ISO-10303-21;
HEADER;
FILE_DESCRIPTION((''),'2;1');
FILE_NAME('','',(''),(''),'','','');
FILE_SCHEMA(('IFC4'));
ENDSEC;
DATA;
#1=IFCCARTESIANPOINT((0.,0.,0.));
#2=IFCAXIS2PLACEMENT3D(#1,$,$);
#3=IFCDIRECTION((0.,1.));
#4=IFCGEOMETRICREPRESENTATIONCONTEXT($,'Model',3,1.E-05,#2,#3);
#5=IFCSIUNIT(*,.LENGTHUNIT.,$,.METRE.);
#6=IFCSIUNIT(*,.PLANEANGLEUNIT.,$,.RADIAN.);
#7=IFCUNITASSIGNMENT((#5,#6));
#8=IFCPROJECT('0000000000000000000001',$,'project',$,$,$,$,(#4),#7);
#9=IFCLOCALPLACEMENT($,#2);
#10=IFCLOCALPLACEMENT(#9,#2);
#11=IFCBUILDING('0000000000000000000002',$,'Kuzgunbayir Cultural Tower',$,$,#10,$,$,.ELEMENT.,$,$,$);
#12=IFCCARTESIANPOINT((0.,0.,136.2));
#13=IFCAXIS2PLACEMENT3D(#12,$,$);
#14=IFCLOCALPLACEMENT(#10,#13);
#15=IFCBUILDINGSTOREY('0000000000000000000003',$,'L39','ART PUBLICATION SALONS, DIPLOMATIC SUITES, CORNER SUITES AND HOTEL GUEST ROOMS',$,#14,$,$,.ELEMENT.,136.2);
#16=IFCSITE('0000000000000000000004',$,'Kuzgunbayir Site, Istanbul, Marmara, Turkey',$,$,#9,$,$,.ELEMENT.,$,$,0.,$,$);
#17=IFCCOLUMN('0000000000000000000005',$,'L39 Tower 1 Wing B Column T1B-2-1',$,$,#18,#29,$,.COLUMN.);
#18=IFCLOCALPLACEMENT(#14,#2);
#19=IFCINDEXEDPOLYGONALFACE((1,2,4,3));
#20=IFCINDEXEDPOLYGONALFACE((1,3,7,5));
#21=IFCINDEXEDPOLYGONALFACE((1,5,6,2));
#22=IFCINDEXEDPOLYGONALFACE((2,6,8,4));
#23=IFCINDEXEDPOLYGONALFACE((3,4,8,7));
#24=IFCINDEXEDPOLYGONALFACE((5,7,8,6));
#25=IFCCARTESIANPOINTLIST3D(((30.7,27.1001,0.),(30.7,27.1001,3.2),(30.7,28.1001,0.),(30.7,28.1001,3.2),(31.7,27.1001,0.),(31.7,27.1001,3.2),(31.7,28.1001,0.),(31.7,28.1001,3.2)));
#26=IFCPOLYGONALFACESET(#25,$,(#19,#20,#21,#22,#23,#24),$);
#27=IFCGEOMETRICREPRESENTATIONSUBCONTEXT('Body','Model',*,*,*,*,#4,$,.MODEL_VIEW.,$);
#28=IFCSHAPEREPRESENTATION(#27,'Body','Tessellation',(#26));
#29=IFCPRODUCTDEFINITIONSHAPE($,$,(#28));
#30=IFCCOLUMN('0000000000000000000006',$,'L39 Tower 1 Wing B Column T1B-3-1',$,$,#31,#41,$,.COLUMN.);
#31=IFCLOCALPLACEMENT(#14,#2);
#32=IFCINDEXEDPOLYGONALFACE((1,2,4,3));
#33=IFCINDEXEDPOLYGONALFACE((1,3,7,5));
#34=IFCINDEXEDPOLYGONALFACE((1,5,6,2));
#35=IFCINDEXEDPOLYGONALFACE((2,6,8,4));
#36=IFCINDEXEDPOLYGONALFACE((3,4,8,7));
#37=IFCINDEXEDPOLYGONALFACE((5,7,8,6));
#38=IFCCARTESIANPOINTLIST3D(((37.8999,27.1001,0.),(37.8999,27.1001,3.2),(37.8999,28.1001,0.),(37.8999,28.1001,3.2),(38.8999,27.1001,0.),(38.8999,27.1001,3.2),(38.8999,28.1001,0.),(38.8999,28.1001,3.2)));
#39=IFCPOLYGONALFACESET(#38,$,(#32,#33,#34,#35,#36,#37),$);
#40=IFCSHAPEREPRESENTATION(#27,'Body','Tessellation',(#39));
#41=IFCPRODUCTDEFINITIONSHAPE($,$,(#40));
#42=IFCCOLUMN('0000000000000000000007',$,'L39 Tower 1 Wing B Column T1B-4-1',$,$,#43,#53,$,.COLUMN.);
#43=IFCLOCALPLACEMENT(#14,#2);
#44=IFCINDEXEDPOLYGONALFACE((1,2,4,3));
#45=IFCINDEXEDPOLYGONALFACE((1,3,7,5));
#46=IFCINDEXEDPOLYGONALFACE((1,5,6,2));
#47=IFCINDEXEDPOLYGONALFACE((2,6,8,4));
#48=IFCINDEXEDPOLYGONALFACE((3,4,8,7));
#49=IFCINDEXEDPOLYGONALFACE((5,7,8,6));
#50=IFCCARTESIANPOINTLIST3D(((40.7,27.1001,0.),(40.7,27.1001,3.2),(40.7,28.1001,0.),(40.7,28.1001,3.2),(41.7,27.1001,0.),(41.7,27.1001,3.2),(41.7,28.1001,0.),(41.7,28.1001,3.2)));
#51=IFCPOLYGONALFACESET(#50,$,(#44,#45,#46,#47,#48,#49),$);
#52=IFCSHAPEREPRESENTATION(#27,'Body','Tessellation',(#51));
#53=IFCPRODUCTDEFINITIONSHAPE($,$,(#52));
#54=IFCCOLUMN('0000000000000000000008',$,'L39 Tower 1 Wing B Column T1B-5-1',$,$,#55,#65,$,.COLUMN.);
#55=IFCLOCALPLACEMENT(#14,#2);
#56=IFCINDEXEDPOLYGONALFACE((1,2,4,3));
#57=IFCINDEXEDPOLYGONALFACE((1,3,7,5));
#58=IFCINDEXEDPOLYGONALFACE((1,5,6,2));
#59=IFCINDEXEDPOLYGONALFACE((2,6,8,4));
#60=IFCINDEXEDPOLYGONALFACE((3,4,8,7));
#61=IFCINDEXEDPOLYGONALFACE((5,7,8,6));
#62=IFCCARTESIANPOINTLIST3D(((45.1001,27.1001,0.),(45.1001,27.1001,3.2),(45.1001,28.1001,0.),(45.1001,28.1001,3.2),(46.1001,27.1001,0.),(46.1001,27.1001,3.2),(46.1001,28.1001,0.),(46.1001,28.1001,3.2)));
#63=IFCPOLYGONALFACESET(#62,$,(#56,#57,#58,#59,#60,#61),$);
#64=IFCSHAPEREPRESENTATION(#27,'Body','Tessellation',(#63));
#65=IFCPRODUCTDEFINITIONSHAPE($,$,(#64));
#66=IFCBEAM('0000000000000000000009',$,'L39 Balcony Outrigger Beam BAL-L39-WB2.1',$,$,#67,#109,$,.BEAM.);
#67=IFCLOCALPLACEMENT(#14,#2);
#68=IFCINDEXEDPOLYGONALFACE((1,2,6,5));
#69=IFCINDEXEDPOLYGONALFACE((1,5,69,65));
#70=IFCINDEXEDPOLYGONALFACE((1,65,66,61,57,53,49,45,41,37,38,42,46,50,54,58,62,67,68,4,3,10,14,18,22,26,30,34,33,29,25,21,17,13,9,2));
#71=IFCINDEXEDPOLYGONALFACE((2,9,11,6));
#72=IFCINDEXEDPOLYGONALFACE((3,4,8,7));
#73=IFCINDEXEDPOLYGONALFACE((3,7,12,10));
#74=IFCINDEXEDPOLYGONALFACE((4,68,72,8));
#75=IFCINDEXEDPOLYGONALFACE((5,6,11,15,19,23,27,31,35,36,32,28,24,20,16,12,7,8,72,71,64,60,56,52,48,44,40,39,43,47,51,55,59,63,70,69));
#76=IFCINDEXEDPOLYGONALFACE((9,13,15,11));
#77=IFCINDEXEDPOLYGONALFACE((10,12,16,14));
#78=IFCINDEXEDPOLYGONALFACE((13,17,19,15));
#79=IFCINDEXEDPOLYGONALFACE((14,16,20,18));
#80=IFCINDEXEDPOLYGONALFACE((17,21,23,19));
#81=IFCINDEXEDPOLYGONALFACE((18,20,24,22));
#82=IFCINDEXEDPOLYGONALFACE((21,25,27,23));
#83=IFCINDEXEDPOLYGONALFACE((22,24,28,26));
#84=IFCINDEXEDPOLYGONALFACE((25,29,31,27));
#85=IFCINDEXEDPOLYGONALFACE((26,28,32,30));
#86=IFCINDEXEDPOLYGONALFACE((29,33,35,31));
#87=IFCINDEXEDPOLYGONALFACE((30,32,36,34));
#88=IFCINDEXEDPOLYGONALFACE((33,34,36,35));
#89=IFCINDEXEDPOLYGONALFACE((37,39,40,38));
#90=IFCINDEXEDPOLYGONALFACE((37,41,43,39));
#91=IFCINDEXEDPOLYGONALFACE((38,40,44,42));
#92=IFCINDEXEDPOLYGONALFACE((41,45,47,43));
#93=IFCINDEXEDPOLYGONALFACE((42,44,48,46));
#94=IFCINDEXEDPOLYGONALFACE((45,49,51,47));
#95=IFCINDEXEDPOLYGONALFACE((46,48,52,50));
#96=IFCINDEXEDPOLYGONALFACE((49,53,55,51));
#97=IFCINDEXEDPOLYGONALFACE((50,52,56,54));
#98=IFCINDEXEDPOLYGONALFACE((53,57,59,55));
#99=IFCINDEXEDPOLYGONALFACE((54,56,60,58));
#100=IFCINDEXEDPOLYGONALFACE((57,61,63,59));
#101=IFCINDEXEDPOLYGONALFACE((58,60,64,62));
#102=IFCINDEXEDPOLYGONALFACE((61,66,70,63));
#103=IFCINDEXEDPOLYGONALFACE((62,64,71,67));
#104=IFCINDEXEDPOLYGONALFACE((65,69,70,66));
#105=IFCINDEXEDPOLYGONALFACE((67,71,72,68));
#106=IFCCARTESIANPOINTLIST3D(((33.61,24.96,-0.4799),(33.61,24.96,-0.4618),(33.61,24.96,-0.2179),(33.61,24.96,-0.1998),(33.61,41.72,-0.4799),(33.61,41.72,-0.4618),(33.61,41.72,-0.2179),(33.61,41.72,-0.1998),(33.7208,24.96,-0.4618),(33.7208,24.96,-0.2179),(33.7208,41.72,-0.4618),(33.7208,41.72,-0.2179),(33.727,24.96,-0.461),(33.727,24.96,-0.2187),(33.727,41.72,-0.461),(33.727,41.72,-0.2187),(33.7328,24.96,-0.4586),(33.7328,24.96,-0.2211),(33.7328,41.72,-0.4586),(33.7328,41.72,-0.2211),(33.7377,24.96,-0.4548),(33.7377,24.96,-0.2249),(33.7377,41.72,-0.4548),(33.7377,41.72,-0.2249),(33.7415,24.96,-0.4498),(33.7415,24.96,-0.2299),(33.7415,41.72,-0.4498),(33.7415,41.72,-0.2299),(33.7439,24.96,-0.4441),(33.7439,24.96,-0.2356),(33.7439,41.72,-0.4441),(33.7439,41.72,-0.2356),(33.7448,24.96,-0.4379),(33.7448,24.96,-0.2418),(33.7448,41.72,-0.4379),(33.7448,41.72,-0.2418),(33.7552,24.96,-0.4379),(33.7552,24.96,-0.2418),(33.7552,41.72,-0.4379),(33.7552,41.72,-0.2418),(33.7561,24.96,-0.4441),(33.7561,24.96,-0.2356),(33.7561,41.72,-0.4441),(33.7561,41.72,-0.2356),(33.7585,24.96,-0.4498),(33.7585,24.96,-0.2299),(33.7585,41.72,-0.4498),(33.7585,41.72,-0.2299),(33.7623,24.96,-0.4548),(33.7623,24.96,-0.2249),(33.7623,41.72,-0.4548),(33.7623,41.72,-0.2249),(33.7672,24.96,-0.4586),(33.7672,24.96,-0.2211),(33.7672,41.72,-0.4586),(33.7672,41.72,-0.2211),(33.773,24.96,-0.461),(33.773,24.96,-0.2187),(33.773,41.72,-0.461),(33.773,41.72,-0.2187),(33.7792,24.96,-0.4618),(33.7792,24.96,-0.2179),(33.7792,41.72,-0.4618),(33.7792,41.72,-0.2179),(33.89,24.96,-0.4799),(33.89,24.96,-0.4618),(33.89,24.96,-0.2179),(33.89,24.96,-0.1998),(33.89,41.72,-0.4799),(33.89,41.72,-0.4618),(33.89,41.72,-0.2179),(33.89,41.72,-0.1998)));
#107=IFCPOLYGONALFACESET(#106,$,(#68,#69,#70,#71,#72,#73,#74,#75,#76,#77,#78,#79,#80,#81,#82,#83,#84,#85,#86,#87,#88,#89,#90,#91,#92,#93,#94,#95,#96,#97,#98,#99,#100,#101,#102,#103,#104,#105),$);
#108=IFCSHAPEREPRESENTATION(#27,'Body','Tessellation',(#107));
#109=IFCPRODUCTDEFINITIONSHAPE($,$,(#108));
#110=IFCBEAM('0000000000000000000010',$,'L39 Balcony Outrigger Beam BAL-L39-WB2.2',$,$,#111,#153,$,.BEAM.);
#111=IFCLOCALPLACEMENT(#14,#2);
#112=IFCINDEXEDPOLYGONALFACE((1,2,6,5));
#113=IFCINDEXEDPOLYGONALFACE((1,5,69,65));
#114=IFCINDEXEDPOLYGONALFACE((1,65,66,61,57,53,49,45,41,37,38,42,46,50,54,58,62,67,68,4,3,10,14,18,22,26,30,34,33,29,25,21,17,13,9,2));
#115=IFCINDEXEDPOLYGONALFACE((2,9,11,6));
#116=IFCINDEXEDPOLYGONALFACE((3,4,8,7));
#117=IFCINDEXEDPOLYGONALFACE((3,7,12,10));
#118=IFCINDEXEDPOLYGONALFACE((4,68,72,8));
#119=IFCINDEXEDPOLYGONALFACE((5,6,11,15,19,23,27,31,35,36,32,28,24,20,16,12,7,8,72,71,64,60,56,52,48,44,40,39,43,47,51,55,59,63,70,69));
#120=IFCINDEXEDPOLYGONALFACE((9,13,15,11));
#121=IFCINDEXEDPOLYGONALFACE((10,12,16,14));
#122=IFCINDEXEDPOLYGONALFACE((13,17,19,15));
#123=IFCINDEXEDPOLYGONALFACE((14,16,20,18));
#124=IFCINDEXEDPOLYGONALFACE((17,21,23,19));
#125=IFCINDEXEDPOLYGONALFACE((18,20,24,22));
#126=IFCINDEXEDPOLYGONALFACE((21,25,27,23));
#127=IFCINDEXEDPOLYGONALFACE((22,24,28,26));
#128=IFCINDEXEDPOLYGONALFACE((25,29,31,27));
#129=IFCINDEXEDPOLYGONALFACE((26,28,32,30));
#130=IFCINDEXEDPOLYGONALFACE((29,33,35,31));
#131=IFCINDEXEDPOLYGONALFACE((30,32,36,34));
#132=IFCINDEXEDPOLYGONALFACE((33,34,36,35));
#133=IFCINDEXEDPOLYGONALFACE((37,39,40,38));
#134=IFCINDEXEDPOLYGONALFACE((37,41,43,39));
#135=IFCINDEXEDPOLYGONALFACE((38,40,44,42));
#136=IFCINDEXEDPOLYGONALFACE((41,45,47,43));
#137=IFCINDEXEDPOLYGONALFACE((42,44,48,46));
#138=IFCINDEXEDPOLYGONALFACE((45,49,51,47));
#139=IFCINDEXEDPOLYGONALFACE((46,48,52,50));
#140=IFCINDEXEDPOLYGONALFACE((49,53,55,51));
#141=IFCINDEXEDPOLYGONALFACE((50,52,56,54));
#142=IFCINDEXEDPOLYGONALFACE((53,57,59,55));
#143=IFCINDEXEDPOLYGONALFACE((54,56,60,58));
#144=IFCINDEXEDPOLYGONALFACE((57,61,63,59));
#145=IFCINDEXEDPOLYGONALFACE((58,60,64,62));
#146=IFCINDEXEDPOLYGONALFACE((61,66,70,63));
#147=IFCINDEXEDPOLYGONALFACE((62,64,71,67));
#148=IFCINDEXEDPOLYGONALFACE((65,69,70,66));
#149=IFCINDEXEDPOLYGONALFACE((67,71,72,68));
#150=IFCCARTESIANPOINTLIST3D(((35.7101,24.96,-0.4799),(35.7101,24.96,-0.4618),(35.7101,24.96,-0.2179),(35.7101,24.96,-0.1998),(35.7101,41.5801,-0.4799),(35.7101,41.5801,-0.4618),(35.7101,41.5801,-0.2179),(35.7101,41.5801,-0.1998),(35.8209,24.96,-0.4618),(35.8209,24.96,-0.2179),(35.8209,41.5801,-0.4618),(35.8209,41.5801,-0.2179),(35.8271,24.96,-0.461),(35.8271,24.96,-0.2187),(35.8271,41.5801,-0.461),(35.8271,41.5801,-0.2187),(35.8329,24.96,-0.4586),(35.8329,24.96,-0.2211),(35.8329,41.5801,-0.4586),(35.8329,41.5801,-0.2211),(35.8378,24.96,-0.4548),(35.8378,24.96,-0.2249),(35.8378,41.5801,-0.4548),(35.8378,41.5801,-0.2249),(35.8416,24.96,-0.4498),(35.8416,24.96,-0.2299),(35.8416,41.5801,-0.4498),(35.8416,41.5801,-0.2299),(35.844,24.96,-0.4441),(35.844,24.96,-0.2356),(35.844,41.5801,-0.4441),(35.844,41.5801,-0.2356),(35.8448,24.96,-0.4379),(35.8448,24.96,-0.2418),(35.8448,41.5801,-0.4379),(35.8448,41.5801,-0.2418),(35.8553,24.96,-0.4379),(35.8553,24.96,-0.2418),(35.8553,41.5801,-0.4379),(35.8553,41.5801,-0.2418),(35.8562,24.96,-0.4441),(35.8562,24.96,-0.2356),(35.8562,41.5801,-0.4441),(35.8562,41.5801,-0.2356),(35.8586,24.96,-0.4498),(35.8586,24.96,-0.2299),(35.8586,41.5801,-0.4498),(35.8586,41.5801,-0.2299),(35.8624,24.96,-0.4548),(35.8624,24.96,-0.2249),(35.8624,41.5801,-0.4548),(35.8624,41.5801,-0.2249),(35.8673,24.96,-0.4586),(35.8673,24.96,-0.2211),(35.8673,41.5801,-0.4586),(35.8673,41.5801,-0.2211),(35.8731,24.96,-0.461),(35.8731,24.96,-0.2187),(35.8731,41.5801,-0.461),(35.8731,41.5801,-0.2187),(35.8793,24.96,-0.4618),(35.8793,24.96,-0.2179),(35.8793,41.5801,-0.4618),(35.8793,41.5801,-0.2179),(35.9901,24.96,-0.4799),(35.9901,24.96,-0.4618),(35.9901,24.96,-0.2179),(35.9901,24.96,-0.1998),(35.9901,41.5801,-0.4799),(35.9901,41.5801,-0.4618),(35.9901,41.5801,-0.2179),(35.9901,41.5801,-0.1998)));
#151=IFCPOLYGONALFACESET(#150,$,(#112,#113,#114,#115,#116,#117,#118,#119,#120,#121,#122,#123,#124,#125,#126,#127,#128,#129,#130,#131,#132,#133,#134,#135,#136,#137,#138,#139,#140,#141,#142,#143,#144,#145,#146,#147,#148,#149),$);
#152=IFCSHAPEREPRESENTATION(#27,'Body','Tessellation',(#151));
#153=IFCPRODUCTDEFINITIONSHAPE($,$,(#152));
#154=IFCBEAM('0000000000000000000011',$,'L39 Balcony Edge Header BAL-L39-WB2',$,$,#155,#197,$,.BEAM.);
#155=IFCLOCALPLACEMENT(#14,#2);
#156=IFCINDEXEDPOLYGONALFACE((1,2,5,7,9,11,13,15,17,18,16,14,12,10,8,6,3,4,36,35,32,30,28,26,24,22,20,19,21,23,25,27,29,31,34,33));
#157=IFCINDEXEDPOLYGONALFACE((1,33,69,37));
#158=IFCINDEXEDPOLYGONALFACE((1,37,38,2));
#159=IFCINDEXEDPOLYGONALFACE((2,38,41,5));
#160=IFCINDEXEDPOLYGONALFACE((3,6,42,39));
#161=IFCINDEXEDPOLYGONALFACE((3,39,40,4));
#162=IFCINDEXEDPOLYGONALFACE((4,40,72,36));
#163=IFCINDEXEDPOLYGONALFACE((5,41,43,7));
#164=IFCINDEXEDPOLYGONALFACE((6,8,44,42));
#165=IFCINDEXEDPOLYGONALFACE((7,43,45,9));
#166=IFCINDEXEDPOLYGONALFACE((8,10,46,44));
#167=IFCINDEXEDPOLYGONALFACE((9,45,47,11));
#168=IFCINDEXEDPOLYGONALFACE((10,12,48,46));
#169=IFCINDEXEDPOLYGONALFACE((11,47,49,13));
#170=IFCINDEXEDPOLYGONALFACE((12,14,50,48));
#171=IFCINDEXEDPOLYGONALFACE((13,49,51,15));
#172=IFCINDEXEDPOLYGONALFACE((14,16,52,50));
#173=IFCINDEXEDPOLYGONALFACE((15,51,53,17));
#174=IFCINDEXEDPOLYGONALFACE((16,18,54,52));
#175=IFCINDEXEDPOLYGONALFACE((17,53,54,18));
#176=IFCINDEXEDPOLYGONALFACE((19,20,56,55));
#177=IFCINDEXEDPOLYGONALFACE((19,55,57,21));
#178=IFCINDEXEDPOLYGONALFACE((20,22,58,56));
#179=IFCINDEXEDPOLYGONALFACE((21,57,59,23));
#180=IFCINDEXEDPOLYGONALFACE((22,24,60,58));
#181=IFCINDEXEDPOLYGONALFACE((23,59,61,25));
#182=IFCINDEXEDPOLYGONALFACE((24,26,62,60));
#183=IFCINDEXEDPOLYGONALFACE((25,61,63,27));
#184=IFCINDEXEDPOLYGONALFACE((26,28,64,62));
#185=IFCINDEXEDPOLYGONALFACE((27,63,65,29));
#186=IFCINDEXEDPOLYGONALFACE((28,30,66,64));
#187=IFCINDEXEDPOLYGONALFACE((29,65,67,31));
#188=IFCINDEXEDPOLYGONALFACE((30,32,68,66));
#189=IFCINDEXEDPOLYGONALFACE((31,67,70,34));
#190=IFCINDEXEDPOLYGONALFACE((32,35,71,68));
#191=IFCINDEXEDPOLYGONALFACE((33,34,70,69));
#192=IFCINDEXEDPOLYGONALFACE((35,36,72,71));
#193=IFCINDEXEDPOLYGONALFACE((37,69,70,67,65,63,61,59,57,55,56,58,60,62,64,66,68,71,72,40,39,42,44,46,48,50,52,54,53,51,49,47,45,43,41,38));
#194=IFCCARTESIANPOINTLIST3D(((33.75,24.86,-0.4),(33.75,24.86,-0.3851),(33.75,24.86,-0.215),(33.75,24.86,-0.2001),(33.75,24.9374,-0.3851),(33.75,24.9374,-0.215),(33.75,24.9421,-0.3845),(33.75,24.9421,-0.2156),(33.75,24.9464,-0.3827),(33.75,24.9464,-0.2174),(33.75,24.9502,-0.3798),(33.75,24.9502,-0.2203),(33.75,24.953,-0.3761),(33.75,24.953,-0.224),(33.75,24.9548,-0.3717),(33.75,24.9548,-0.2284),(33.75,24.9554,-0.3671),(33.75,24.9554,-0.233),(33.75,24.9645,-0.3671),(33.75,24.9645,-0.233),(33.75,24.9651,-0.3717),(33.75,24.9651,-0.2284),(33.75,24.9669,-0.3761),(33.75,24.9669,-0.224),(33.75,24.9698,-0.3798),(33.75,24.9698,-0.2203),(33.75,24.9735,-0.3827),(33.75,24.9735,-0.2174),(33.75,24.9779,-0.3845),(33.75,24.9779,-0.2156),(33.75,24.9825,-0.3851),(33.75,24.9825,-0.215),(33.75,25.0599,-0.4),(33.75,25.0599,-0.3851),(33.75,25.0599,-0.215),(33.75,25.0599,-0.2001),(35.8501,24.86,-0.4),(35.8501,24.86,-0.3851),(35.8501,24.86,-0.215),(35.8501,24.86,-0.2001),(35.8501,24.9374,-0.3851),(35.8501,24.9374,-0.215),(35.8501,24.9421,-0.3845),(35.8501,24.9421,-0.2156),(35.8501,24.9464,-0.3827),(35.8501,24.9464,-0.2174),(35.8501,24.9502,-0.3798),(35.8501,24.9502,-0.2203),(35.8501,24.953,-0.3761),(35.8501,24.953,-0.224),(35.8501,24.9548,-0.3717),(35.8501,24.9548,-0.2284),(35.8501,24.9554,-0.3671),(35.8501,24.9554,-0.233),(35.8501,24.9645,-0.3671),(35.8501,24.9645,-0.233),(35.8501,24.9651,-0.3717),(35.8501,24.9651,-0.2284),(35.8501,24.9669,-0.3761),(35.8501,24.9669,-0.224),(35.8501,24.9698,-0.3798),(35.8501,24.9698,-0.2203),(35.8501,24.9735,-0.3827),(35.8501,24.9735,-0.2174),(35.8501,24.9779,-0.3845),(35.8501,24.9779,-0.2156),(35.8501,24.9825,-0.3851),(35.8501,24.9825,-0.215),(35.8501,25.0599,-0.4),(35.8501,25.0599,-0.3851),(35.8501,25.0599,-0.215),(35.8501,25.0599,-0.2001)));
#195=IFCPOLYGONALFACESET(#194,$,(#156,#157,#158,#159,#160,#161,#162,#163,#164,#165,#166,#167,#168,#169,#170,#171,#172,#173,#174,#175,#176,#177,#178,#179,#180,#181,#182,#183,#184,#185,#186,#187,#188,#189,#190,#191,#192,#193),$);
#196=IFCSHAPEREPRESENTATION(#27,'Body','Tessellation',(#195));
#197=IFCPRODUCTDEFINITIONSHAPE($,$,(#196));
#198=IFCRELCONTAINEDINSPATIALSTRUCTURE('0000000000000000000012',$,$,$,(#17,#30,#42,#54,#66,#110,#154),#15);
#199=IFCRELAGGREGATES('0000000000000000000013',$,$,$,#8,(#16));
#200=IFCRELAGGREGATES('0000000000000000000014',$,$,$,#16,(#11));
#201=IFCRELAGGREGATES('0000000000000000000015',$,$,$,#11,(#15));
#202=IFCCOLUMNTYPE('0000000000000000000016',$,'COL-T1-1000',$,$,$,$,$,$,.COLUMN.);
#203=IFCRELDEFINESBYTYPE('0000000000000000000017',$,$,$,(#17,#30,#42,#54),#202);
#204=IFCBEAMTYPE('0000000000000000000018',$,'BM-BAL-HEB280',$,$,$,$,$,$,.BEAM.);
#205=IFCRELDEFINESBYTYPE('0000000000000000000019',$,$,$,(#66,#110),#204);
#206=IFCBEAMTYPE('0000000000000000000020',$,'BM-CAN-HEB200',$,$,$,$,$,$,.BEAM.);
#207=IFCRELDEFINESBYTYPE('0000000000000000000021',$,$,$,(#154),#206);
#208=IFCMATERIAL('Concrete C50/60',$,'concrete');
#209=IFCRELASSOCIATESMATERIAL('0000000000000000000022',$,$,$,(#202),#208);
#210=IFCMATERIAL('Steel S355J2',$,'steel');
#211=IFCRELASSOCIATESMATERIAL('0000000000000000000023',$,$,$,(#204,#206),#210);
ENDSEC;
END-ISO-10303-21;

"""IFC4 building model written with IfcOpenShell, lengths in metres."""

from ifc_helpers import new_model, si_unit, direction, frame, origin, origin_2d, place, context, subcontext, project, spatial, rectangle, i_section, extrude, material, material_profile, profile_set, type_object, element, save


model = new_model("IFC4")

# Units and contexts
model_context = context("Model", 3, precision=1e-05, world=origin(), true_north=direction((0.0, 1.0)))
body_context = subcontext(model_context, "Body", "Model", "MODEL_VIEW")
ifc_project = project(units=[si_unit("LENGTHUNIT", "METRE"), si_unit("PLANEANGLEUNIT", "RADIAN")], contexts=[model_context])

# Site, building, storey
site_placement = place(None, origin())
site = spatial("IfcSite", under=ifc_project, at=site_placement, Name="Kuzgunbayir Site, Istanbul, Marmara, Turkey", CompositionType="ELEMENT", RefElevation=0.0)
building_placement = place(site_placement, origin())
building = spatial("IfcBuilding", under=site, at=building_placement, Name="Kuzgunbayir Cultural Tower", CompositionType="ELEMENT")
storey_placement = place(building_placement, frame((0.0, 0.0, 136.2)))
storey = spatial("IfcBuildingStorey", under=building, at=storey_placement, Name="L39", Description="ART PUBLICATION SALONS, DIPLOMATIC SUITES, CORNER SUITES AND HOTEL GUEST ROOMS", CompositionType="ELEMENT", Elevation=136.2)

# Columns
ifc_material_1 = material(Name="Concrete C50/60", Category="concrete")
ifc_material_profile_1 = material_profile(ifc_material_1, rectangle(XDim=1.0, YDim=1.0, at=origin_2d()), Name="RC 1000x1000")
ifc_profile_set_1 = profile_set([ifc_material_profile_1], Name="Concrete C50/60")
column_type = type_object("IfcColumnType", Name="COL-T1-1000", PredefinedType="COLUMN", material=ifc_profile_set_1)
for number, where, z_axis, x_axis, name in (
    (1, (31.2, 27.6001, 0.0), (0.0, 0.0, 1.0), (1.0, 0.0, 0.0), "L39 Tower 1 Wing B Column T1B-2-1"),
    (2, (38.3999, 27.6001, 0.0), (0.0, 0.0, 1.0), (1.0, 0.0, 0.0), "L39 Tower 1 Wing B Column T1B-3-1"),
    (3, (41.2, 27.6001, 0.0), (0.0, 0.0, 1.0), (1.0, 0.0, 0.0), "L39 Tower 1 Wing B Column T1B-4-1"),
    (4, (45.6001, 27.6001, 0.0), (0.0, 0.0, 1.0), (1.0, 0.0, 0.0), "L39 Tower 1 Wing B Column T1B-5-1"),
):
    element("IfcColumn", number, at=place(storey_placement, frame(where, z_axis=z_axis, x_axis=x_axis)), inside=storey, type_object=column_type, Name=name, PredefinedType="COLUMN", context=body_context, shape_type="SweptSolid", body=[
        extrude(rectangle(XDim=1.0, YDim=1.0, at=origin_2d()), origin(), (0.0, 0.0, 1.0), 3.2),
    ])

# Beams
ifc_material_2 = material(Name="Steel S355J2", Category="steel")
ifc_material_profile_2 = material_profile(ifc_material_2, i_section(OverallWidth=0.28, OverallDepth=0.28, WebThickness=0.0105, FlangeThickness=0.0181, FilletRadius=0.0239, at=origin_2d()), Name="HEB 280")
ifc_profile_set_2 = profile_set([ifc_material_profile_2], Name="Steel S355J2")
beam_type_1 = type_object("IfcBeamType", Name="BM-BAL-HEB280", PredefinedType="BEAM", material=ifc_profile_set_2)
beam_1_placement = place(storey_placement, frame((33.75, 24.96, -0.3398), z_axis=(0.0, 1.0, 0.0), x_axis=(-1.0, 0.0, 0.0)))
element("IfcBeam", 5, at=beam_1_placement, inside=storey, type_object=beam_type_1, Name="L39 Balcony Outrigger Beam BAL-L39-WB2.1", PredefinedType="BEAM", context=body_context, shape_type="SweptSolid", body=[
    extrude(i_section(OverallWidth=0.28, OverallDepth=0.28, WebThickness=0.0105, FlangeThickness=0.0181, FilletRadius=0.0239, at=origin_2d()), origin(), (0.0, 0.0, 1.0), 16.76),
])
beam_2_placement = place(storey_placement, frame((35.8501, 24.96, -0.3398), z_axis=(0.0, 1.0, 0.0), x_axis=(-1.0, 0.0, 0.0)))
element("IfcBeam", 6, at=beam_2_placement, inside=storey, type_object=beam_type_1, Name="L39 Balcony Outrigger Beam BAL-L39-WB2.2", PredefinedType="BEAM", context=body_context, shape_type="SweptSolid", body=[
    extrude(i_section(OverallWidth=0.28, OverallDepth=0.28, WebThickness=0.0105, FlangeThickness=0.0181, FilletRadius=0.0239, at=origin_2d()), origin(), (0.0, 0.0, 1.0), 16.6201),
])
ifc_material_profile_3 = material_profile(ifc_material_2, i_section(OverallWidth=0.2, OverallDepth=0.2, WebThickness=0.009, FlangeThickness=0.0149, FilletRadius=0.0181, at=origin_2d()), Name="HEB 200")
ifc_profile_set_3 = profile_set([ifc_material_profile_3], Name="Steel S355J2")
beam_type_2 = type_object("IfcBeamType", Name="BM-CAN-HEB200", PredefinedType="BEAM", material=ifc_profile_set_3)
beam_3_placement = place(storey_placement, frame((33.75, 24.96, -0.3), z_axis=(1.0, 0.0, 0.0), x_axis=(0.0, 1.0, 0.0)))
element("IfcBeam", 7, at=beam_3_placement, inside=storey, type_object=beam_type_2, Name="L39 Balcony Edge Header BAL-L39-WB2", PredefinedType="BEAM", context=body_context, shape_type="SweptSolid", body=[
    extrude(i_section(OverallWidth=0.2, OverallDepth=0.2, WebThickness=0.009, FlangeThickness=0.0149, FilletRadius=0.0181, at=origin_2d()), origin(), (0.0, 0.0, 1.0), 2.1001),
])

save(model, "model.ifc")
